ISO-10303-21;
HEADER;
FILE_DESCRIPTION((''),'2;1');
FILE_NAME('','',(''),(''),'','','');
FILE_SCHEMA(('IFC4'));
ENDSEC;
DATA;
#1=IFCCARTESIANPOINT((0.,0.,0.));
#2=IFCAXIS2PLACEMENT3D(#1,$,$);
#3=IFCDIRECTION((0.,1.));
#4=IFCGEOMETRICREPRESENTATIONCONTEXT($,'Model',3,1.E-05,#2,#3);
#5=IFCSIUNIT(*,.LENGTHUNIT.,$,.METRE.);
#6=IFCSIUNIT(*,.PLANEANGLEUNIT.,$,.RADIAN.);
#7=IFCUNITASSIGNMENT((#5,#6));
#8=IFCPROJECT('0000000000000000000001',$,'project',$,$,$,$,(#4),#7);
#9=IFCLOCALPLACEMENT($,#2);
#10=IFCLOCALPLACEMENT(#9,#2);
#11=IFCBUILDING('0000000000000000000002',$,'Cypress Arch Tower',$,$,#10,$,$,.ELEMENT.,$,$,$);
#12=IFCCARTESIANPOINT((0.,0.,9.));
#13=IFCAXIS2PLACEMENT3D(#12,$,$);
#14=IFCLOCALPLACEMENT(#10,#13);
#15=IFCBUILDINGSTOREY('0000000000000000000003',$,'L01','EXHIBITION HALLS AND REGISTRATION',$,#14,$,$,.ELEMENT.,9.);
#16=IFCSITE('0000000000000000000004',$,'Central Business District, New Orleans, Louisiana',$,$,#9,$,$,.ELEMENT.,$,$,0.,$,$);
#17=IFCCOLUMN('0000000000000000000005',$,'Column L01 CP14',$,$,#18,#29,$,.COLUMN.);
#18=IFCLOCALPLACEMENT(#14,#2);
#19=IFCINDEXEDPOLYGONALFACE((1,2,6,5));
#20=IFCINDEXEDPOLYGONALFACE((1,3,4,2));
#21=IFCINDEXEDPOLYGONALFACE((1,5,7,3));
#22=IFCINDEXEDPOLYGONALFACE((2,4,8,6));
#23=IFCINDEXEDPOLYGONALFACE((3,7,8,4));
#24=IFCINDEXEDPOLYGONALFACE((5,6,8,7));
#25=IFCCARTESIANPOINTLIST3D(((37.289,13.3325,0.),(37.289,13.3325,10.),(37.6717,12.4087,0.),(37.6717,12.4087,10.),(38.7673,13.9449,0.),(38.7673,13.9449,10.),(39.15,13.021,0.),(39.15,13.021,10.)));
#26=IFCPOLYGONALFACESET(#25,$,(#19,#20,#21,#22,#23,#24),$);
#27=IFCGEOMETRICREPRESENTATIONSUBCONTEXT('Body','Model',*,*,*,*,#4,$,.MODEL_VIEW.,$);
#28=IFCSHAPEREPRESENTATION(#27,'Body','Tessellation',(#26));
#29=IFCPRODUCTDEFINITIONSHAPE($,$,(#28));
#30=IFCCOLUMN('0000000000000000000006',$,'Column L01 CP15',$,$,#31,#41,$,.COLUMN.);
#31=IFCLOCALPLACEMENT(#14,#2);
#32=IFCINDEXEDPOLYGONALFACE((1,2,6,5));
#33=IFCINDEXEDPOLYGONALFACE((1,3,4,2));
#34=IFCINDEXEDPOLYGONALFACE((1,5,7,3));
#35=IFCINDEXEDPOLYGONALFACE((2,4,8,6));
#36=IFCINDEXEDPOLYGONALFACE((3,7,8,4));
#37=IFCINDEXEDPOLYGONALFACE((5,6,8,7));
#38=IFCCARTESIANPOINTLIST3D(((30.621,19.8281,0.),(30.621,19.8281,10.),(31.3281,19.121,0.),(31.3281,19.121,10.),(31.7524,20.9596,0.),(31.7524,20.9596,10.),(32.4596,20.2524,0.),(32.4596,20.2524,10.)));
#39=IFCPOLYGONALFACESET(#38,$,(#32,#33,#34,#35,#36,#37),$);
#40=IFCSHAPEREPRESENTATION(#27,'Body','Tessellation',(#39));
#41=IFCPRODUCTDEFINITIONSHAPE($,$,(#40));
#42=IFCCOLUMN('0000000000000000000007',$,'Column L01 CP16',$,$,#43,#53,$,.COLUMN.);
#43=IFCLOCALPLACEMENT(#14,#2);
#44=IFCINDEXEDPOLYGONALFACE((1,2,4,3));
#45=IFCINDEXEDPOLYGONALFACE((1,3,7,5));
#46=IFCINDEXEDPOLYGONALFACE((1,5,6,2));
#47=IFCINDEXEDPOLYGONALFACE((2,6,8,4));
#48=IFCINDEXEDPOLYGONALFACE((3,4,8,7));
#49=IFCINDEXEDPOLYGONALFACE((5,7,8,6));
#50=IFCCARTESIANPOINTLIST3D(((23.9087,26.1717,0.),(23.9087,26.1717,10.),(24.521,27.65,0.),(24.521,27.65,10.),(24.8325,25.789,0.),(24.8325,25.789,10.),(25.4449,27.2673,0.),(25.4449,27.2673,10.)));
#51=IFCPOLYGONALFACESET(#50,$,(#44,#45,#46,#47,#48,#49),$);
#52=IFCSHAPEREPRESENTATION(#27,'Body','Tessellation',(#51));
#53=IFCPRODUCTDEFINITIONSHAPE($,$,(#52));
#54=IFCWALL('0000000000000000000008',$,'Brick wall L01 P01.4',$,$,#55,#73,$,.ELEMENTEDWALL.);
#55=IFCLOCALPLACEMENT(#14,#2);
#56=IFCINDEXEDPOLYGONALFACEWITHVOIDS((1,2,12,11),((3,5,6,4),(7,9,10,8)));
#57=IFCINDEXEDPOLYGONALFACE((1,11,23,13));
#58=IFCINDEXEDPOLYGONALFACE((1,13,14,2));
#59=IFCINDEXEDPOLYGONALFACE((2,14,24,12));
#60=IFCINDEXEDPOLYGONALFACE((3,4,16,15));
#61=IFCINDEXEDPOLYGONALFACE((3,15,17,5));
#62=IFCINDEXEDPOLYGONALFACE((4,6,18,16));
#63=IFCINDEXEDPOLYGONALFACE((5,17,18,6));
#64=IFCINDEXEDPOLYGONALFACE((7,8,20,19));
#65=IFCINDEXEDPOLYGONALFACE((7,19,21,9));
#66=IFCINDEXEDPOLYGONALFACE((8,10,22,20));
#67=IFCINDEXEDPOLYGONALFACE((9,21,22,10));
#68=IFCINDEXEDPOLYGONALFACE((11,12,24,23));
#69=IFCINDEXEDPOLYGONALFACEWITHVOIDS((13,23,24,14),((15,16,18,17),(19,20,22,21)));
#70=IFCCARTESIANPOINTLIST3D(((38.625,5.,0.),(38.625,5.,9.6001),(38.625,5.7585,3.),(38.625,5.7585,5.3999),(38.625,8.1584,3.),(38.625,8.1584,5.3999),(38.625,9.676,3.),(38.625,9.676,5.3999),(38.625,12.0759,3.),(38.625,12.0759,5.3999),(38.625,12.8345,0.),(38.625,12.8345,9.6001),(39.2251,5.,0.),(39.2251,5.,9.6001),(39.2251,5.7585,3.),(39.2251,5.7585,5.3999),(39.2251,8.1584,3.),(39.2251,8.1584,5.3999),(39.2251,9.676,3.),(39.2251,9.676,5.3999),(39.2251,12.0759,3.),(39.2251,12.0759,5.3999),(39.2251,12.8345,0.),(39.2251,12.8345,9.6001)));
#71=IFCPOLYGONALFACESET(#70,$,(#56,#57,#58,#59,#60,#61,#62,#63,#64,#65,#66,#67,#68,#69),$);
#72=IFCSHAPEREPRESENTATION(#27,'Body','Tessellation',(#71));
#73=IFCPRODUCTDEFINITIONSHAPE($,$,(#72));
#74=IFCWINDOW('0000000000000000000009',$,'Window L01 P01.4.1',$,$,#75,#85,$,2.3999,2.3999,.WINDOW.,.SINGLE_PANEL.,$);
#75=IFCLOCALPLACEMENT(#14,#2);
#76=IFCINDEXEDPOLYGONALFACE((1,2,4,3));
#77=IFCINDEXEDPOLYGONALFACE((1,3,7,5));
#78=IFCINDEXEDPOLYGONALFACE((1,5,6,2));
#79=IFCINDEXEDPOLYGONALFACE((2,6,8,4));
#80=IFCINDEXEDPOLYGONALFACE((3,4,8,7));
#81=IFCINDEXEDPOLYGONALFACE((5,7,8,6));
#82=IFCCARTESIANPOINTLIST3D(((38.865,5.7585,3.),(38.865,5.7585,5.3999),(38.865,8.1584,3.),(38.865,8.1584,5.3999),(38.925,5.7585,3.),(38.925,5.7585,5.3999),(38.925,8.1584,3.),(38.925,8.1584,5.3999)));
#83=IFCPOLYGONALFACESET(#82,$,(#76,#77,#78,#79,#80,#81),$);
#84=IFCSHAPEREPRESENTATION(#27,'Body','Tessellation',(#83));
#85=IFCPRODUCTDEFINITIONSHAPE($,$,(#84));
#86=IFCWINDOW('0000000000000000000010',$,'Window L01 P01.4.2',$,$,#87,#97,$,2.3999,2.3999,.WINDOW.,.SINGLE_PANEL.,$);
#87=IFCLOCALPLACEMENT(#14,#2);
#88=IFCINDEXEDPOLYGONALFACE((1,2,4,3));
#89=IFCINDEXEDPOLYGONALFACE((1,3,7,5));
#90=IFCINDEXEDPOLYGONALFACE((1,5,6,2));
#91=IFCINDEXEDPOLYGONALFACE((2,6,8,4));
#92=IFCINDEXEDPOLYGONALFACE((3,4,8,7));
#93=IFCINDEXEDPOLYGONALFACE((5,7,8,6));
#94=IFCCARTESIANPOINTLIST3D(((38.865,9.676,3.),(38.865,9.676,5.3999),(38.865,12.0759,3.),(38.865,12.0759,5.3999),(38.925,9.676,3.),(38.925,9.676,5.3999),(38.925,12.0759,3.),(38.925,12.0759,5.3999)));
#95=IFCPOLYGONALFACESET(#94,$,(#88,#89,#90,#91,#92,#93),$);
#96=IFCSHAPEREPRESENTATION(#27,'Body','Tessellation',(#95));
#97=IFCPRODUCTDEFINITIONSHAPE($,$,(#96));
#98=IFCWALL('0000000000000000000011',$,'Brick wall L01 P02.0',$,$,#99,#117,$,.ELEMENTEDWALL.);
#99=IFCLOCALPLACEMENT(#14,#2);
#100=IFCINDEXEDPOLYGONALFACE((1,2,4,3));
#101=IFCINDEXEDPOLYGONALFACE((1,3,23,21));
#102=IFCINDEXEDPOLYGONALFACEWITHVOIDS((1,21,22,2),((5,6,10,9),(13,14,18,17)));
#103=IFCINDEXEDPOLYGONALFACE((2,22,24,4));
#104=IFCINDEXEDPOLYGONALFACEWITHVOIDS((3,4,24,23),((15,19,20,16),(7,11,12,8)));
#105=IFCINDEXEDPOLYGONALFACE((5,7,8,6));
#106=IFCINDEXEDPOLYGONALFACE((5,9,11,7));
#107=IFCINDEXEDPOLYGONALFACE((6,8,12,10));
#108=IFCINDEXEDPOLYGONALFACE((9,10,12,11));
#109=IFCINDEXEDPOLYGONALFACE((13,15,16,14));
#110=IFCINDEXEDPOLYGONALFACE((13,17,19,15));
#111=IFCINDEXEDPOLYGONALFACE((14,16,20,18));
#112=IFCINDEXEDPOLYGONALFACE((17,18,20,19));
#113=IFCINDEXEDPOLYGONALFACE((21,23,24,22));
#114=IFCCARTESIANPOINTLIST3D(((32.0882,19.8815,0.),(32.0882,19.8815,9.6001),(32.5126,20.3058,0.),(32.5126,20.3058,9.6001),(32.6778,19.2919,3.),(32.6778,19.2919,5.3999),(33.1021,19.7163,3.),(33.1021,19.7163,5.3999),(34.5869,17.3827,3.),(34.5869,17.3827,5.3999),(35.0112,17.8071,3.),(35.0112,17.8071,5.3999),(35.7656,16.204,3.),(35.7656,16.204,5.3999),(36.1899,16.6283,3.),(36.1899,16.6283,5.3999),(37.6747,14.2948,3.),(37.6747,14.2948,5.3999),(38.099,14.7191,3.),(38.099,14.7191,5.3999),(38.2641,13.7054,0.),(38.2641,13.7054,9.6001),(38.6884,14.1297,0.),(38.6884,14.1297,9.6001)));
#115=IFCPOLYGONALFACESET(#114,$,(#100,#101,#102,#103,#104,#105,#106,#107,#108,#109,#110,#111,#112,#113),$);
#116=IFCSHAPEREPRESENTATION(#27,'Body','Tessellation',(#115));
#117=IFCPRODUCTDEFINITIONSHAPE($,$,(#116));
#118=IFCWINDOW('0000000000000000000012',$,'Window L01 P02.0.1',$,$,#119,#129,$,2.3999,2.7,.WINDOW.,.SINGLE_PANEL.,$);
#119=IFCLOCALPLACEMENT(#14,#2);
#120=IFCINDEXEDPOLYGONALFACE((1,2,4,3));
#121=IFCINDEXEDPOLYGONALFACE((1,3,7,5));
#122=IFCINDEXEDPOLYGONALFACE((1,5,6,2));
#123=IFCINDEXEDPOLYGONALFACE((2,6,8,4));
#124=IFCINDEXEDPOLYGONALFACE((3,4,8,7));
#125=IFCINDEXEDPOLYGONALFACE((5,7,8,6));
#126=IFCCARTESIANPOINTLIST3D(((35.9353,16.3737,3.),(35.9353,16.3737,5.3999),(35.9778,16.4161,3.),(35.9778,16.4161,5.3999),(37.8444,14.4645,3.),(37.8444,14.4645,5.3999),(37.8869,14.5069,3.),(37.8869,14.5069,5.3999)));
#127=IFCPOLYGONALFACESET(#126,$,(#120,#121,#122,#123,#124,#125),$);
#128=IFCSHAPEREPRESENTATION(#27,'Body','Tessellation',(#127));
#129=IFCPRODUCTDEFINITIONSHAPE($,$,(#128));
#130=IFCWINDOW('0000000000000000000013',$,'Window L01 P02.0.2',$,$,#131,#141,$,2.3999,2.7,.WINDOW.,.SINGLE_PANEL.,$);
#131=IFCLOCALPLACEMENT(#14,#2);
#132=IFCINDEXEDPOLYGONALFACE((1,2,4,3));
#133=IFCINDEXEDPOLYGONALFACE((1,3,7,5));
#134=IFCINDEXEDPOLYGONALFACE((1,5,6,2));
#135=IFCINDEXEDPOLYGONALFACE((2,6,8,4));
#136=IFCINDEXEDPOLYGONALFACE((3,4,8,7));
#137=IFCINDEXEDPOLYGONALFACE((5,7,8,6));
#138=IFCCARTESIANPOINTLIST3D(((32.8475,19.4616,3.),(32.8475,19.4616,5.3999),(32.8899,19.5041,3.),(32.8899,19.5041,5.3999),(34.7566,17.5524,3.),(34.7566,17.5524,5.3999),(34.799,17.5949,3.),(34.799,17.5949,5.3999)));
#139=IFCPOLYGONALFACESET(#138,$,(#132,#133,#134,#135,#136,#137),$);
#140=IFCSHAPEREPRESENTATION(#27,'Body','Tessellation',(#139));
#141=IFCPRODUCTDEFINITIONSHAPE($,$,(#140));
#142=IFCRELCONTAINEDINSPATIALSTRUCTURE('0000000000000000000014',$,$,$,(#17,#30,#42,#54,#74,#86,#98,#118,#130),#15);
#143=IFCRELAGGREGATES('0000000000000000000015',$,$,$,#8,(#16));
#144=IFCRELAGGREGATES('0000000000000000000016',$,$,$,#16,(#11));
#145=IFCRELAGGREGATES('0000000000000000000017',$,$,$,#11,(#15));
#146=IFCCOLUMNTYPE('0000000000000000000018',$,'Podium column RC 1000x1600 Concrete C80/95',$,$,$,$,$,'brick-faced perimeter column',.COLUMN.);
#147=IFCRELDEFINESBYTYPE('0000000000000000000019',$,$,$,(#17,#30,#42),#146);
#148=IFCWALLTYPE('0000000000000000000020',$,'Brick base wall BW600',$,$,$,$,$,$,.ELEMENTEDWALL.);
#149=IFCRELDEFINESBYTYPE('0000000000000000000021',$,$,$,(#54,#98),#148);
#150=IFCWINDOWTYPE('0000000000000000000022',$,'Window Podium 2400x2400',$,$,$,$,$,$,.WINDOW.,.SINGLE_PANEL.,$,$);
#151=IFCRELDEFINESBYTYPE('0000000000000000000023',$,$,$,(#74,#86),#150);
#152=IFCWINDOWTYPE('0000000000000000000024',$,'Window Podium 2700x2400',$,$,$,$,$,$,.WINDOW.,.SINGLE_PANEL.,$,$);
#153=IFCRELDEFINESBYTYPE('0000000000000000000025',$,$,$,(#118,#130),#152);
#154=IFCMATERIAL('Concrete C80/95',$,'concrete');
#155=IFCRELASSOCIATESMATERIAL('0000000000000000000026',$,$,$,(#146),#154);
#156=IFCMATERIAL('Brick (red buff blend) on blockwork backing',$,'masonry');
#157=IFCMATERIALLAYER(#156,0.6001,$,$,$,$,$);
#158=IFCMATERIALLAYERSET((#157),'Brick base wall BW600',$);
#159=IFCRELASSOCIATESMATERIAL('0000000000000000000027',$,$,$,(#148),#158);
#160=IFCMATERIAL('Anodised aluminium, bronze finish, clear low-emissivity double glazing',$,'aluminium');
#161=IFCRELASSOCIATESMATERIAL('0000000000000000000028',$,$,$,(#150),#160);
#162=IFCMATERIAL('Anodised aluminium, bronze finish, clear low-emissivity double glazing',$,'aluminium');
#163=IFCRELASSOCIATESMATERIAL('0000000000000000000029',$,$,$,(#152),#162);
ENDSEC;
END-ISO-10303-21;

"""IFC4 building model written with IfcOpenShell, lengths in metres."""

from ifc_helpers import new_model, si_unit, direction, frame, frame_2d, origin, origin_2d, place, context, subcontext, project, spatial, rectangle, extrude, material, layer, layer_set, material_profile, profile_set, type_object, element, fill, save


model = new_model("IFC4")

# Units and contexts
model_context = context("Model", 3, precision=1e-05, world=origin(), true_north=direction((0.0, 1.0)))
body_context = subcontext(model_context, "Body", "Model", "MODEL_VIEW")
ifc_project = project(units=[si_unit("LENGTHUNIT", "METRE"), si_unit("PLANEANGLEUNIT", "RADIAN")], contexts=[model_context])

# Site, building, storey
site_placement = place(None, origin())
site = spatial("IfcSite", under=ifc_project, at=site_placement, Name="Central Business District, New Orleans, Louisiana", CompositionType="ELEMENT", RefElevation=0.0)
building_placement = place(site_placement, origin())
building = spatial("IfcBuilding", under=site, at=building_placement, Name="Cypress Arch Tower", CompositionType="ELEMENT")
storey_placement = place(building_placement, frame((0.0, 0.0, 9.0)))
storey = spatial("IfcBuildingStorey", under=building, at=storey_placement, Name="L01", Description="EXHIBITION HALLS AND REGISTRATION", CompositionType="ELEMENT", Elevation=9.0)

# Columns
ifc_material_1 = material(Name="Concrete C80/95", Category="concrete")
ifc_material_profile = material_profile(ifc_material_1, rectangle(XDim=1.0, YDim=1.6001, at=origin_2d()), Name="RC 1000x1600")
ifc_profile_set = profile_set([ifc_material_profile], Name="Concrete C80/95")
column_type = type_object("IfcColumnType", Name="Podium column RC 1000x1600 Concrete C80/95", ElementType="brick-faced perimeter column", PredefinedType="COLUMN", material=ifc_profile_set)
for number, where, z_axis, x_axis, name in (
    (1, (38.2195, 13.1768, 0.0), (0.0, 0.0, 1.0), (-0.382683, 0.92388, 0.0), "Column L01 CP14"),
    (2, (31.5403, 20.0403, 0.0), (0.0, 0.0, 1.0), (-0.707107, 0.707107, 0.0), "Column L01 CP15"),
    (3, (24.6768, 26.7195, 0.0), (0.0, 0.0, 1.0), (-0.92388, 0.382683, 0.0), "Column L01 CP16"),
):
    element("IfcColumn", number, at=place(storey_placement, frame(where, z_axis=z_axis, x_axis=x_axis)), inside=storey, type_object=column_type, Name=name, PredefinedType="COLUMN", context=body_context, shape_type="SweptSolid", body=[
        extrude(rectangle(XDim=1.0, YDim=1.6001, at=origin_2d()), origin(), (0.0, 0.0, 1.0), 10.0),
    ])

# Walls, openings, windows
ifc_material_2 = material(Name="Brick (red buff blend) on blockwork backing", Category="masonry")
ifc_layer_1 = layer(ifc_material_2, 0.6001)
ifc_layer_set_1 = layer_set([ifc_layer_1], Name="Brick base wall BW600")
wall_type_1 = type_object("IfcWallType", Name="Brick base wall BW600", PredefinedType="ELEMENTEDWALL", material=ifc_layer_set_1)
wall_1_placement = place(storey_placement, frame((38.925, 5.0, 0.0), z_axis=(0.0, 0.0, 1.0), x_axis=(0.0, 1.0, 0.0)))
wall_1 = element("IfcWall", 4, at=wall_1_placement, inside=storey, type_object=wall_type_1, Name="Brick wall L01 P01.4", PredefinedType="ELEMENTEDWALL", context=body_context, shape_type="SweptSolid", body=[
    extrude(rectangle(XDim=7.8345, YDim=0.6001, at=frame_2d((3.9172, 0.0))), origin(), (0.0, 0.0, 1.0), 9.6001),
])
opening_1_placement = place(wall_1_placement, frame((0.7585, 0.0, 3.0)))
opening_1 = element("IfcOpeningElement", 5, at=opening_1_placement, cuts=wall_1, PredefinedType="OPENING", context=body_context, shape_type="SweptSolid", body=[
    extrude(rectangle(XDim=2.3999, YDim=2.3999, at=frame_2d((1.2, 1.2))), frame((0.0, 0.3101, 0.0), z_axis=(0.0, -1.0, 0.0), x_axis=(1.0, 0.0, 0.0)), (0.0, 0.0, 1.0), 0.6201),
])
opening_2_placement = place(wall_1_placement, frame((4.676, 0.0, 3.0)))
opening_2 = element("IfcOpeningElement", 6, at=opening_2_placement, cuts=wall_1, PredefinedType="OPENING", context=body_context, shape_type="SweptSolid", body=[
    extrude(rectangle(XDim=2.3999, YDim=2.3999, at=frame_2d((1.2, 1.2))), frame((0.0, 0.3101, 0.0), z_axis=(0.0, -1.0, 0.0), x_axis=(1.0, 0.0, 0.0)), (0.0, 0.0, 1.0), 0.6201),
])
ifc_material_3 = material(Name="Anodised aluminium, bronze finish, clear low-emissivity double glazing", Category="aluminium")
window_type_1 = type_object("IfcWindowType", Name="Window Podium 2400x2400", PartitioningType="SINGLE_PANEL", PredefinedType="WINDOW", material=ifc_material_3)
window_1_placement = place(opening_1_placement, origin())
window_1 = element("IfcWindow", 7, at=window_1_placement, inside=storey, type_object=window_type_1, Name="Window L01 P01.4.1", OverallHeight=2.3999, OverallWidth=2.3999, PartitioningType="SINGLE_PANEL", PredefinedType="WINDOW", context=body_context, shape_type="SweptSolid", body=[
    extrude(rectangle(XDim=2.3999, YDim=2.3999, at=frame_2d((1.2, 1.2))), frame((0.0, 0.0601, 0.0), z_axis=(0.0, -1.0, 0.0), x_axis=(1.0, 0.0, 0.0)), (0.0, 0.0, 1.0), 0.0601),
])
fill(opening_1, window_1)
window_2_placement = place(opening_2_placement, origin())
window_2 = element("IfcWindow", 8, at=window_2_placement, inside=storey, type_object=window_type_1, Name="Window L01 P01.4.2", OverallHeight=2.3999, OverallWidth=2.3999, PartitioningType="SINGLE_PANEL", PredefinedType="WINDOW", context=body_context, shape_type="SweptSolid", body=[
    extrude(rectangle(XDim=2.3999, YDim=2.3999, at=frame_2d((1.2, 1.2))), frame((0.0, 0.0601, 0.0), z_axis=(0.0, -1.0, 0.0), x_axis=(1.0, 0.0, 0.0)), (0.0, 0.0, 1.0), 0.0601),
])
fill(opening_2, window_2)
wall_2_placement = place(storey_placement, frame((38.4763, 13.9175, 0.0), z_axis=(0.0, 0.0, 1.0), x_axis=(-0.707093, 0.707121, 0.0)))
wall_2 = element("IfcWall", 9, at=wall_2_placement, inside=storey, type_object=wall_type_1, Name="Brick wall L01 P02.0", PredefinedType="ELEMENTEDWALL", context=body_context, shape_type="SweptSolid", body=[
    extrude(rectangle(XDim=8.7341, YDim=0.6001, at=frame_2d((4.3672, 0.0))), origin(), (0.0, 0.0, 1.0), 9.6001),
])
opening_3_placement = place(wall_2_placement, frame((0.8335, 0.0, 3.0)))
opening_3 = element("IfcOpeningElement", 10, at=opening_3_placement, cuts=wall_2, PredefinedType="OPENING", context=body_context, shape_type="SweptSolid", body=[
    extrude(rectangle(XDim=2.7, YDim=2.3999, at=frame_2d((1.3501, 1.2))), frame((0.0, 0.3101, 0.0), z_axis=(0.0, -1.0, 0.0), x_axis=(1.0, 0.0, 0.0)), (0.0, 0.0, 1.0), 0.6201),
])
opening_4_placement = place(wall_2_placement, frame((5.2004, 0.0, 3.0)))
opening_4 = element("IfcOpeningElement", 11, at=opening_4_placement, cuts=wall_2, PredefinedType="OPENING", context=body_context, shape_type="SweptSolid", body=[
    extrude(rectangle(XDim=2.7, YDim=2.3999, at=frame_2d((1.3501, 1.2))), frame((0.0, 0.3101, 0.0), z_axis=(0.0, -1.0, 0.0), x_axis=(1.0, 0.0, 0.0)), (0.0, 0.0, 1.0), 0.6201),
])
ifc_material_4 = material(Name="Anodised aluminium, bronze finish, clear low-emissivity double glazing", Category="aluminium")
window_type_2 = type_object("IfcWindowType", Name="Window Podium 2700x2400", PartitioningType="SINGLE_PANEL", PredefinedType="WINDOW", material=ifc_material_4)
window_3_placement = place(opening_3_placement, origin())
window_3 = element("IfcWindow", 12, at=window_3_placement, inside=storey, type_object=window_type_2, Name="Window L01 P02.0.1", OverallHeight=2.3999, OverallWidth=2.7, PartitioningType="SINGLE_PANEL", PredefinedType="WINDOW", context=body_context, shape_type="SweptSolid", body=[
    extrude(rectangle(XDim=2.7, YDim=2.3999, at=frame_2d((1.3501, 1.2))), frame((0.0, 0.0601, 0.0), z_axis=(0.0, -1.0, 0.0), x_axis=(1.0, 0.0, 0.0)), (0.0, 0.0, 1.0), 0.0601),
])
fill(opening_3, window_3)
window_4_placement = place(opening_4_placement, origin())
window_4 = element("IfcWindow", 13, at=window_4_placement, inside=storey, type_object=window_type_2, Name="Window L01 P02.0.2", OverallHeight=2.3999, OverallWidth=2.7, PartitioningType="SINGLE_PANEL", PredefinedType="WINDOW", context=body_context, shape_type="SweptSolid", body=[
    extrude(rectangle(XDim=2.7, YDim=2.3999, at=frame_2d((1.3501, 1.2))), frame((0.0, 0.0601, 0.0), z_axis=(0.0, -1.0, 0.0), x_axis=(1.0, 0.0, 0.0)), (0.0, 0.0, 1.0), 0.0601),
])
fill(opening_4, window_4)

save(model, "model.ifc")
